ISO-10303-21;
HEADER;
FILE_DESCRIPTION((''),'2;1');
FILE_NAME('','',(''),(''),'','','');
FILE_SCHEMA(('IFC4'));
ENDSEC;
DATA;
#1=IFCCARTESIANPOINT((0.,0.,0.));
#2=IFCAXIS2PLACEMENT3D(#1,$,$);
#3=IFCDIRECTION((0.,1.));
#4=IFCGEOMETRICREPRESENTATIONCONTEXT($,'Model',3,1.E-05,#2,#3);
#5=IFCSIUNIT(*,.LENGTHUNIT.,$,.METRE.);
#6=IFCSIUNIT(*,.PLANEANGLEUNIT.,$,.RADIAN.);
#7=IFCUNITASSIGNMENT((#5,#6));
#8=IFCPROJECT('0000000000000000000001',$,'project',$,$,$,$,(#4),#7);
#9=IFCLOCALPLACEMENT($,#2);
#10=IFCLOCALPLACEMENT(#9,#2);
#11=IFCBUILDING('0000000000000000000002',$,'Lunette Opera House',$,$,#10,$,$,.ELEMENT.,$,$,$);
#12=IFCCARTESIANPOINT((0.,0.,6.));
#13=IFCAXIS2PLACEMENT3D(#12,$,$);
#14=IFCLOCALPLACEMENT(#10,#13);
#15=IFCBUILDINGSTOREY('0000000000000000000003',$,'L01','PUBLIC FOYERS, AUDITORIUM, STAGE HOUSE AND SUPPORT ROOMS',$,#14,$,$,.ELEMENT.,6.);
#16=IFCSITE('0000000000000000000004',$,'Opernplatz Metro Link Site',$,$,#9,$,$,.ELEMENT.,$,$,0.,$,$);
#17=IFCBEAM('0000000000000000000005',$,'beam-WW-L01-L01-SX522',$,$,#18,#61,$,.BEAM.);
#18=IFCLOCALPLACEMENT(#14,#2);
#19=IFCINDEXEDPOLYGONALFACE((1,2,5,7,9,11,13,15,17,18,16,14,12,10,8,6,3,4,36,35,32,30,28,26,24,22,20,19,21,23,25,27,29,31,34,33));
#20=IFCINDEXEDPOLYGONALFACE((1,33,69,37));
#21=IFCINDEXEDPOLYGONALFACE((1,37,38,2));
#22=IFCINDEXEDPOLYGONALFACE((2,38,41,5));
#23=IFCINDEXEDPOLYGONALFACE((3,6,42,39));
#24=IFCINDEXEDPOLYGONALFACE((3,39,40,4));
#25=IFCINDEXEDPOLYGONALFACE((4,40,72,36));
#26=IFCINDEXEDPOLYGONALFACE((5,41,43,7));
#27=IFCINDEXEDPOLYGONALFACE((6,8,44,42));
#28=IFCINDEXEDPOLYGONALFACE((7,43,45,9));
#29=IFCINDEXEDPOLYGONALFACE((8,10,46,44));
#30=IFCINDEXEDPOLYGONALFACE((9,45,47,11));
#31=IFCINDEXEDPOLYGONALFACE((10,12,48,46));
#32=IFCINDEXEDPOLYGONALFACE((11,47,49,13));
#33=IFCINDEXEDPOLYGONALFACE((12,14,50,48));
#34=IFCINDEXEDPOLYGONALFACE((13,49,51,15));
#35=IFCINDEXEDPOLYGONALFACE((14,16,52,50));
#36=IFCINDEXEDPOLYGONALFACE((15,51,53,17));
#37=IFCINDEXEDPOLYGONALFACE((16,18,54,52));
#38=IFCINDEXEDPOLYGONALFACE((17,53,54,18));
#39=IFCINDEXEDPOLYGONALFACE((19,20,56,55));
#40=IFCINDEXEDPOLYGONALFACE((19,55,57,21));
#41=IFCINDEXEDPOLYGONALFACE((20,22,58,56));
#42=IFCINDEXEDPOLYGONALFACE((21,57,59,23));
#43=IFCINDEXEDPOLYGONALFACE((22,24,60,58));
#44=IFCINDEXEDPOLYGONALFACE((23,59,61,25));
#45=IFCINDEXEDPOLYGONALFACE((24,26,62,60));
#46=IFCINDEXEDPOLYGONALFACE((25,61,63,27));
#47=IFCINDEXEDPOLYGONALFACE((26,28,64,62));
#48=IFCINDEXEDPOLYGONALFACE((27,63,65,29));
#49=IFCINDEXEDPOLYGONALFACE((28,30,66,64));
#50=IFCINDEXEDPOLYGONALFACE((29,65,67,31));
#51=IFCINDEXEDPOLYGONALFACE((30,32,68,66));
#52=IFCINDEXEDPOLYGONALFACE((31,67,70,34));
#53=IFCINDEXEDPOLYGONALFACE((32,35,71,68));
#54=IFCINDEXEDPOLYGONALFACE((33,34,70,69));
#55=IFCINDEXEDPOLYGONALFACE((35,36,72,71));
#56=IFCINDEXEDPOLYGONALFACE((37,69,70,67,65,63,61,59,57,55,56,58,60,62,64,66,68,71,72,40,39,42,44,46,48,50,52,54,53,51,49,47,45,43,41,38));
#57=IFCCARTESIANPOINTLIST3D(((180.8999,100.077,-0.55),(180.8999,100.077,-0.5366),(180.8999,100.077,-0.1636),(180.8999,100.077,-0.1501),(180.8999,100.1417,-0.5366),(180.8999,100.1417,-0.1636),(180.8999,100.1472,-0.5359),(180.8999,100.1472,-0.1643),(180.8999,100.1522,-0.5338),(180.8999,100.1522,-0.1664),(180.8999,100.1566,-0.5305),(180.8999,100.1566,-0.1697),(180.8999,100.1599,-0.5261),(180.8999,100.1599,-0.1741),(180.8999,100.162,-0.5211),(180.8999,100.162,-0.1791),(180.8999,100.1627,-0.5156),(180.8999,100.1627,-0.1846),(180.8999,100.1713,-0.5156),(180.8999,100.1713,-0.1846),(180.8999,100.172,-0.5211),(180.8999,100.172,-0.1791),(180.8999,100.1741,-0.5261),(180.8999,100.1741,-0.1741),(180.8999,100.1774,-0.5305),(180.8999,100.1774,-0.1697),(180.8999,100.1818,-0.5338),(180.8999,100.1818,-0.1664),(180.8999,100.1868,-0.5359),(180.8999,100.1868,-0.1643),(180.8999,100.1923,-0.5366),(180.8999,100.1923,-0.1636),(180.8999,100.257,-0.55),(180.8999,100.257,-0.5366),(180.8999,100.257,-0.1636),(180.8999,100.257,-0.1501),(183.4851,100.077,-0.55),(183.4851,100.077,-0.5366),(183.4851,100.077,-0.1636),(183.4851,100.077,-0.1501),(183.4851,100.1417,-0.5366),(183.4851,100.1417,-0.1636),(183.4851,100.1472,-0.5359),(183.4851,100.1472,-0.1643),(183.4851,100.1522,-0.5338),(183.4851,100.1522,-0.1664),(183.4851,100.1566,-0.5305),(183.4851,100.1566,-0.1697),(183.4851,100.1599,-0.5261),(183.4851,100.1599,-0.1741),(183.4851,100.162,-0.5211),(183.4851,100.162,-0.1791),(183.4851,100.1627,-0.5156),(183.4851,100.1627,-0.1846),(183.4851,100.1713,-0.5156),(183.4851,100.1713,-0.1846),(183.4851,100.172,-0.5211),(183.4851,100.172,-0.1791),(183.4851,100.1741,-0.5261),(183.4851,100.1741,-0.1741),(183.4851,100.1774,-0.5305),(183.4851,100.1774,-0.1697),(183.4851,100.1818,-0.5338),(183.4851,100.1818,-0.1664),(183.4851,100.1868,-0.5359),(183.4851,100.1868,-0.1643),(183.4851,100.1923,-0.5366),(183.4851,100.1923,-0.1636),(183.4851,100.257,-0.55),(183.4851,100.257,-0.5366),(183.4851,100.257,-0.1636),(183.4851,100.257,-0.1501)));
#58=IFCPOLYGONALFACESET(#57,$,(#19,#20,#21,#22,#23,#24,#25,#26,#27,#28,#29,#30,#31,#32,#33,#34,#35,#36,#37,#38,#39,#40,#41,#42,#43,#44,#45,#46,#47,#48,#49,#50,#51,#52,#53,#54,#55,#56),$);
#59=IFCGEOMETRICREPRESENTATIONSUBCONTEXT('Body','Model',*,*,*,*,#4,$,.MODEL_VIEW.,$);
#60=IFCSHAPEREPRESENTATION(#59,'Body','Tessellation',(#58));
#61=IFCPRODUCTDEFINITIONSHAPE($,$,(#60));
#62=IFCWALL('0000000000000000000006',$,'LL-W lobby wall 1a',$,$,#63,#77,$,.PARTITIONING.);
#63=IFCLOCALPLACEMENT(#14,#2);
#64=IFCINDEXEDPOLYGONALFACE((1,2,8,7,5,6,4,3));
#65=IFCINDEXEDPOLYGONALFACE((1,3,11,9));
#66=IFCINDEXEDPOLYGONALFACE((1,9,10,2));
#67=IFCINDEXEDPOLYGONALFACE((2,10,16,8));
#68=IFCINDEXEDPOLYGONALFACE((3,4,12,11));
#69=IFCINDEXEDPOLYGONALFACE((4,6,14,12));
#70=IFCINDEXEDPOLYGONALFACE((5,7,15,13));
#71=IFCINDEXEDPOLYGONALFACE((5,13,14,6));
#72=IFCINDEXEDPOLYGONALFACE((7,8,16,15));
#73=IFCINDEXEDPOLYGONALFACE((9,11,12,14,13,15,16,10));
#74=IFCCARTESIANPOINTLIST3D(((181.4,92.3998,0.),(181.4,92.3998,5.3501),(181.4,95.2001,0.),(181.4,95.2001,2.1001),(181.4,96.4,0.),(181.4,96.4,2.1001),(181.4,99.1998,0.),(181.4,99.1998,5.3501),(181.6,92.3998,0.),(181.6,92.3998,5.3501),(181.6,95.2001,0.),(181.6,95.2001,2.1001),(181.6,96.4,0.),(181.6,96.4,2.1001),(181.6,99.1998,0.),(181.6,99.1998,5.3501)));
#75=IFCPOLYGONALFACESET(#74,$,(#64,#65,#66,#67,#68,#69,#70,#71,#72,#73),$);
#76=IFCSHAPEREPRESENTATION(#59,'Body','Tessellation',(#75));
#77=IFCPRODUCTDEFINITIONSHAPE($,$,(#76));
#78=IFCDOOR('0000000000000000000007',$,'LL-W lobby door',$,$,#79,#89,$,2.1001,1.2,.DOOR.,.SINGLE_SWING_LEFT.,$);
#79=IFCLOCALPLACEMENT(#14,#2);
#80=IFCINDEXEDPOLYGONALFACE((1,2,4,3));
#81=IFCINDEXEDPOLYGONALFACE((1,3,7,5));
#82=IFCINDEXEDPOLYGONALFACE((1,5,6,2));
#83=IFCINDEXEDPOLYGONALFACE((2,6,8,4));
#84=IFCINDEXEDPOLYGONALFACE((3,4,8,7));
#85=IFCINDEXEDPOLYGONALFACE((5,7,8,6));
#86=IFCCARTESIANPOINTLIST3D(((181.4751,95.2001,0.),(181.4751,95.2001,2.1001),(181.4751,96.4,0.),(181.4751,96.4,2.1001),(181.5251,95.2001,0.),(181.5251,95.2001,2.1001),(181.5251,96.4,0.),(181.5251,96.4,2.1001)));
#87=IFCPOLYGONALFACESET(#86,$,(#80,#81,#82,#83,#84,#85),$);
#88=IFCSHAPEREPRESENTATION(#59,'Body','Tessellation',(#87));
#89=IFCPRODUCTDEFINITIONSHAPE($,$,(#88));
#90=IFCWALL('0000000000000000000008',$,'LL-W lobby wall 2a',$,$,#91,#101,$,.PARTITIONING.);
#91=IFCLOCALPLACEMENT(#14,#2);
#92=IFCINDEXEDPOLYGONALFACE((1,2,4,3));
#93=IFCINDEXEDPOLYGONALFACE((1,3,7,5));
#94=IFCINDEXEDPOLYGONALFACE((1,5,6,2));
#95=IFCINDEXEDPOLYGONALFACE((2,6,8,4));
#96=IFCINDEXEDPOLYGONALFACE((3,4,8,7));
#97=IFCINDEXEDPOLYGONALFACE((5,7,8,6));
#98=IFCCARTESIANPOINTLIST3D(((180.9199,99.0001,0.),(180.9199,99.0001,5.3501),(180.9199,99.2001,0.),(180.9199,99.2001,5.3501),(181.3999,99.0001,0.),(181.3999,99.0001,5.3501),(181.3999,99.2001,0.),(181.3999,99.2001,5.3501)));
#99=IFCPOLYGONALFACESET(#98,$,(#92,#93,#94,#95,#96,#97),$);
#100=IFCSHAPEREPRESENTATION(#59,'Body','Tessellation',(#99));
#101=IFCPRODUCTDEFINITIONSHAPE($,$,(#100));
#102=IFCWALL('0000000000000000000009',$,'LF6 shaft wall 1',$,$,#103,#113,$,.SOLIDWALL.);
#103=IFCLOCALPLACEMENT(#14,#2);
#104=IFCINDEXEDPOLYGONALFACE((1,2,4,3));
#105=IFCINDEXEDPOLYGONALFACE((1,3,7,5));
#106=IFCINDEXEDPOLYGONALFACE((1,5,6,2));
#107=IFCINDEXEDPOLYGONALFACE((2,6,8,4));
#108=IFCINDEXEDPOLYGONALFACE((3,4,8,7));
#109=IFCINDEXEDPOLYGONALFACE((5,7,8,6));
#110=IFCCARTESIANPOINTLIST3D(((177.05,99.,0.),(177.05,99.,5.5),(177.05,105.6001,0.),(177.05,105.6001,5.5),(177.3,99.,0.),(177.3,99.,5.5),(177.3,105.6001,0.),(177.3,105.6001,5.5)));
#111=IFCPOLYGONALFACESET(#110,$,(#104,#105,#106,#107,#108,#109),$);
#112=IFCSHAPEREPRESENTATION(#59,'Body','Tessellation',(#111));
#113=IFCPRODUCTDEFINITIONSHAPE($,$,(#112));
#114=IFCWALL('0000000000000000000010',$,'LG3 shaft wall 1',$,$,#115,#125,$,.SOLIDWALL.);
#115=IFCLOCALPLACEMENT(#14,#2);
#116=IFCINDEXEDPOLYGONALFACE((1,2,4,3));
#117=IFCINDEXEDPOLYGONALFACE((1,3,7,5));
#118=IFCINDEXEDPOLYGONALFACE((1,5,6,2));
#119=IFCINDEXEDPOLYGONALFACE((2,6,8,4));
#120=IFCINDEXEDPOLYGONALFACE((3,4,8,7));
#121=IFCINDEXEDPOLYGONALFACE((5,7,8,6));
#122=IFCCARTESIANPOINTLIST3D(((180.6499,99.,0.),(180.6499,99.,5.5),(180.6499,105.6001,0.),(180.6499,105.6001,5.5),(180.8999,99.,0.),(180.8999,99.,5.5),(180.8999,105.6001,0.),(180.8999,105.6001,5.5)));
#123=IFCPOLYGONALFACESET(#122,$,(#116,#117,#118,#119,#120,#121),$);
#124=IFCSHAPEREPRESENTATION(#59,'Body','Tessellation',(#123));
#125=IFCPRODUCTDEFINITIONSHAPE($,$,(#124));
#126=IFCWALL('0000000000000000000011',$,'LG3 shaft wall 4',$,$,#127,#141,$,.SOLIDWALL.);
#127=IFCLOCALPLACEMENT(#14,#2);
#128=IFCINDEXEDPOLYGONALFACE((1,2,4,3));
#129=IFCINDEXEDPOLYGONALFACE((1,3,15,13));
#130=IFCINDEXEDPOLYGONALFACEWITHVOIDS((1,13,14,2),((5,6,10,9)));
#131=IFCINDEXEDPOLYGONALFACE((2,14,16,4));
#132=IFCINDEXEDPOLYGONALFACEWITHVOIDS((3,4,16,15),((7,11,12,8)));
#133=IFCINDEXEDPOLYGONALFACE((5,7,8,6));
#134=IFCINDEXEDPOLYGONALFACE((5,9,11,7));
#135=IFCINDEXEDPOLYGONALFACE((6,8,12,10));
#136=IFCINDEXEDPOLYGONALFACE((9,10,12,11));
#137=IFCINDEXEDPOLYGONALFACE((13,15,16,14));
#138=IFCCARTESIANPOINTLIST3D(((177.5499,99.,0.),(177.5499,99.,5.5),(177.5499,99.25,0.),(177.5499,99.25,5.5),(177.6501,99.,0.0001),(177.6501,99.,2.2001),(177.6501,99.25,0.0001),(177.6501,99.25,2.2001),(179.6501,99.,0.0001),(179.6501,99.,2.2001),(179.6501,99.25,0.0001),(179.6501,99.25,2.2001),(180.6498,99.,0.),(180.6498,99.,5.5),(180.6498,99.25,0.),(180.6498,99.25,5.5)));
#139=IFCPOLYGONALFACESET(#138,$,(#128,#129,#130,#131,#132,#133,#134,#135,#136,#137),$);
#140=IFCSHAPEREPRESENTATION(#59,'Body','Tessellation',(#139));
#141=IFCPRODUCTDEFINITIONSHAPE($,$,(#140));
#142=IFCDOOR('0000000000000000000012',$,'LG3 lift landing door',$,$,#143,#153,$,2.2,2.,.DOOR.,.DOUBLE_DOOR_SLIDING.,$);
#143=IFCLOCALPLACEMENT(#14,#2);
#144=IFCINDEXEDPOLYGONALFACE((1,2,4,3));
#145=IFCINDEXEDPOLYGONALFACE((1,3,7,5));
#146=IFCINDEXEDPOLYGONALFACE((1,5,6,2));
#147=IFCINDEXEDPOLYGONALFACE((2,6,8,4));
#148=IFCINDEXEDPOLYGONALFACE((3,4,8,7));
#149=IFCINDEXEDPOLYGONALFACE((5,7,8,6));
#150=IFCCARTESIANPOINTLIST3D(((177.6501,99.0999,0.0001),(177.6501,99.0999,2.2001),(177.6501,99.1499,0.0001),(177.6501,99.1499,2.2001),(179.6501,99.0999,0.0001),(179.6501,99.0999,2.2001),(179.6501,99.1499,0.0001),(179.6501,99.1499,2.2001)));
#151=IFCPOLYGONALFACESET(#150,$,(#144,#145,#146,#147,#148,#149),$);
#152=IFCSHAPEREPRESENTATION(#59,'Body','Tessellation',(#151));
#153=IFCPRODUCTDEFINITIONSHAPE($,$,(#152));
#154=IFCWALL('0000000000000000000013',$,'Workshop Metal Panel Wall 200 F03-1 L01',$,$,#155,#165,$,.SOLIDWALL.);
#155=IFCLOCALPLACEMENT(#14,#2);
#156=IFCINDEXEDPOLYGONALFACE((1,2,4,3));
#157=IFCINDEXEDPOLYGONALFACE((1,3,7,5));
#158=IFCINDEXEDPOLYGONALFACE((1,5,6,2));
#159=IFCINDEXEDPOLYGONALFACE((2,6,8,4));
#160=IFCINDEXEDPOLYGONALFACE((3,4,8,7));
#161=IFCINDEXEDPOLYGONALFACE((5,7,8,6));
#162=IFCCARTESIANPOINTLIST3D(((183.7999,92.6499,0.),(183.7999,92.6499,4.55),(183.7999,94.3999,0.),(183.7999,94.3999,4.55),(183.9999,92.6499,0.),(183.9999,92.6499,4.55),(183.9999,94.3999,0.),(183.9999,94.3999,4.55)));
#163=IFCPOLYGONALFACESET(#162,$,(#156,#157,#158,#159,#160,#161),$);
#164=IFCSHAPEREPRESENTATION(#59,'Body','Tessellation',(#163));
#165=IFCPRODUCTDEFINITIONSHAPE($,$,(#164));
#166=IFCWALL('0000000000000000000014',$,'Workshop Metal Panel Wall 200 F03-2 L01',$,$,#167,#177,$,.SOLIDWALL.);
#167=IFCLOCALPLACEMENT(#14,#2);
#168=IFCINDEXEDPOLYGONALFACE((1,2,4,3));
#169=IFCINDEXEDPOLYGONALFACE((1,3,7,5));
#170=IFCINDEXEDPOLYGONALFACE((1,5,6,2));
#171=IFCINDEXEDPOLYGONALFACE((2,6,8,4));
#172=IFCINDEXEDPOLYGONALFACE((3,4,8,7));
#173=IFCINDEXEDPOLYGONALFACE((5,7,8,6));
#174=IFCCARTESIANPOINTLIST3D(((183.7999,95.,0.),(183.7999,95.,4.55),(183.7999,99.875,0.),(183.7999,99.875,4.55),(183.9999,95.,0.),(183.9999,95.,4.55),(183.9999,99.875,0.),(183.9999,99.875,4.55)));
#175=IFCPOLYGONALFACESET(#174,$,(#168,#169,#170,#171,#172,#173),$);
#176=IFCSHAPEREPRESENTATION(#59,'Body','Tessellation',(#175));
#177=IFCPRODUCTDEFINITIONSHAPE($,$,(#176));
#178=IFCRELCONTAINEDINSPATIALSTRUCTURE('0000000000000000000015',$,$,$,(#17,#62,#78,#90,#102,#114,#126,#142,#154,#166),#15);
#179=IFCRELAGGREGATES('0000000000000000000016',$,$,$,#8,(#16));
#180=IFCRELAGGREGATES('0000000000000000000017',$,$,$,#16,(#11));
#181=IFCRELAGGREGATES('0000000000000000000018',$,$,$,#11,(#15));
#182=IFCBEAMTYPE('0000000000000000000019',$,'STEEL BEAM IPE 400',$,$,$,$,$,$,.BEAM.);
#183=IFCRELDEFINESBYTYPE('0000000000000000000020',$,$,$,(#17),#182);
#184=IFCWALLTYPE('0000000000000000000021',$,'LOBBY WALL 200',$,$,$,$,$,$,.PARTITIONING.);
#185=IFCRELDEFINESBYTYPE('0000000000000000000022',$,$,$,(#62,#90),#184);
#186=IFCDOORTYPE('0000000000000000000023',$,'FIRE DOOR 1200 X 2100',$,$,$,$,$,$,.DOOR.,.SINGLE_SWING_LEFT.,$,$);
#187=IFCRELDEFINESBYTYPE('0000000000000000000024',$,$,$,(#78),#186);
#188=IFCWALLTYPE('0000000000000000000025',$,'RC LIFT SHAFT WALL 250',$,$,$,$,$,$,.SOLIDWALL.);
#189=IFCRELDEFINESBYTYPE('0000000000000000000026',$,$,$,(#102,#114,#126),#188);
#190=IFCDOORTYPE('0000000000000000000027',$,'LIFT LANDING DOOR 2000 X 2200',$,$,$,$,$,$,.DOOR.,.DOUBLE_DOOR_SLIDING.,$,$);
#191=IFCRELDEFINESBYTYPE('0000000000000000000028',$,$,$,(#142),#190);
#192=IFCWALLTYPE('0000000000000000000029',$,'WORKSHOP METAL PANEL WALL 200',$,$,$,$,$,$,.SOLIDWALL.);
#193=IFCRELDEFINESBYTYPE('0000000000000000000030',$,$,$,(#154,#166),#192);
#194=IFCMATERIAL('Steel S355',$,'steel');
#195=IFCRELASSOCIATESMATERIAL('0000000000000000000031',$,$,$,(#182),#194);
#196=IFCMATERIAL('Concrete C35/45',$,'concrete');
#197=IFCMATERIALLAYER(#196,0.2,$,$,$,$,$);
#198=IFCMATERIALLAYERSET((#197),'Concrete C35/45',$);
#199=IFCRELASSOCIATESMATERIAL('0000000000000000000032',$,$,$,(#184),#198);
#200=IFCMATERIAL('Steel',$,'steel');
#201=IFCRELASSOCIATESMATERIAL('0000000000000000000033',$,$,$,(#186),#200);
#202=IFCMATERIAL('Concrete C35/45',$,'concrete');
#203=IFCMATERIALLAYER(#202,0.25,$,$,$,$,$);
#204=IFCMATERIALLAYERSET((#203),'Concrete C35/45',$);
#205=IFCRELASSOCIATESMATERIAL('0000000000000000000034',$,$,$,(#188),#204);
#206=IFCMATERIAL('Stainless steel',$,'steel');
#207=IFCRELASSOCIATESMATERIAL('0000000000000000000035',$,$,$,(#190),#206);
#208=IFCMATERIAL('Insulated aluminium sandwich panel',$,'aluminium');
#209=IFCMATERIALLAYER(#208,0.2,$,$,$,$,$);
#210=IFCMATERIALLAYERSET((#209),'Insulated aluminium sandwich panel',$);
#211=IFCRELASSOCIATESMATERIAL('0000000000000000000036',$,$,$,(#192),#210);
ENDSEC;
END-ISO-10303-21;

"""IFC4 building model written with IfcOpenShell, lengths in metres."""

from ifc_helpers import new_model, si_unit, direction, frame, frame_2d, origin, origin_2d, place, context, subcontext, project, spatial, rectangle, i_section, extrude, material, layer, layer_set, material_profile, profile_set, type_object, element, fill, save


model = new_model("IFC4")

# Units and contexts
model_context = context("Model", 3, precision=1e-05, world=origin(), true_north=direction((0.0, 1.0)))
body_context = subcontext(model_context, "Body", "Model", "MODEL_VIEW")
ifc_project = project(units=[si_unit("LENGTHUNIT", "METRE"), si_unit("PLANEANGLEUNIT", "RADIAN")], contexts=[model_context])

# Site, building, storey
site_placement = place(None, origin())
site = spatial("IfcSite", under=ifc_project, at=site_placement, Name="Opernplatz Metro Link Site", CompositionType="ELEMENT", RefElevation=0.0)
building_placement = place(site_placement, origin())
building = spatial("IfcBuilding", under=site, at=building_placement, Name="Lunette Opera House", CompositionType="ELEMENT")
storey_placement = place(building_placement, frame((0.0, 0.0, 6.0)))
storey = spatial("IfcBuildingStorey", under=building, at=storey_placement, Name="L01", Description="PUBLIC FOYERS, AUDITORIUM, STAGE HOUSE AND SUPPORT ROOMS", CompositionType="ELEMENT", Elevation=6.0)

# Beam
ifc_material_1 = material(Name="Steel S355", Category="steel")
ifc_material_profile_1 = material_profile(ifc_material_1, i_section(OverallWidth=0.1799, OverallDepth=0.3999, WebThickness=0.0085, FlangeThickness=0.0134, FilletRadius=0.021, at=origin_2d()), Name="IPE 400")
ifc_profile_set_1 = profile_set([ifc_material_profile_1], Name="Steel S355")
beam_type_1 = type_object("IfcBeamType", Name="STEEL BEAM IPE 400", PredefinedType="BEAM", material=ifc_profile_set_1)
beam_1_placement = place(storey_placement, frame((180.8999, 100.167, -0.3501), z_axis=(1.0, 0.0, 0.0), x_axis=(0.0, 1.0, 0.0)))
element("IfcBeam", 1, at=beam_1_placement, inside=storey, type_object=beam_type_1, Name="beam-WW-L01-L01-SX522", PredefinedType="BEAM", context=body_context, shape_type="SweptSolid", body=[
    extrude(i_section(OverallWidth=0.1799, OverallDepth=0.3999, WebThickness=0.0085, FlangeThickness=0.0134, FilletRadius=0.021, at=origin_2d()), origin(), (0.0, 0.0, 1.0), 2.5852),
])

# Wall, opening, door
ifc_material_2 = material(Name="Concrete C35/45", Category="concrete")
ifc_layer_1 = layer(ifc_material_2, 0.2)
ifc_layer_set_1 = layer_set([ifc_layer_1], Name="Concrete C35/45")
wall_type_1 = type_object("IfcWallType", Name="LOBBY WALL 200", PredefinedType="PARTITIONING", material=ifc_layer_set_1)
wall_1_placement = place(storey_placement, frame((181.5, 92.3999, 0.0), z_axis=(0.0, 0.0, 1.0), x_axis=(0.0, 1.0, 0.0)))
wall_1 = element("IfcWall", 2, at=wall_1_placement, inside=storey, type_object=wall_type_1, Name="LL-W lobby wall 1a", PredefinedType="PARTITIONING", context=body_context, shape_type="SweptSolid", body=[
    extrude(rectangle(XDim=6.8, YDim=0.2, at=frame_2d((3.3999, 0.0))), origin(), (0.0, 0.0, 1.0), 5.3501),
])
opening_1_placement = place(wall_1_placement, frame((2.8, 0.0, 0.0)))
opening_1 = element("IfcOpeningElement", 3, at=opening_1_placement, cuts=wall_1, PredefinedType="OPENING", context=body_context, shape_type="SweptSolid", body=[
    extrude(rectangle(XDim=1.2, YDim=2.1001, at=frame_2d((0.6001, 1.05))), frame((0.0, 0.1121, 0.0), z_axis=(0.0, -1.0, 0.0), x_axis=(1.0, 0.0, 0.0)), (0.0, 0.0, 1.0), 0.2239),
])
ifc_material_3 = material(Name="Steel", Category="steel")
door_type_1 = type_object("IfcDoorType", Name="FIRE DOOR 1200 X 2100", OperationType="SINGLE_SWING_LEFT", PredefinedType="DOOR", material=ifc_material_3)
door_1_placement = place(opening_1_placement, origin())
door_1 = element("IfcDoor", 4, at=door_1_placement, inside=storey, type_object=door_type_1, Name="LL-W lobby door", OperationType="SINGLE_SWING_LEFT", OverallHeight=2.1001, OverallWidth=1.2, PredefinedType="DOOR", context=body_context, shape_type="SweptSolid", body=[
    extrude(rectangle(XDim=1.2, YDim=2.1001, at=frame_2d((0.6001, 1.05))), frame((0.0, 0.0249, 0.0), z_axis=(0.0, -1.0, 0.0), x_axis=(1.0, 0.0, 0.0)), (0.0, 0.0, 1.0), 0.05),
])
fill(opening_1, door_1)

# Walls
wall_2_placement = place(storey_placement, frame((181.3999, 99.1001, 0.0), z_axis=(0.0, 0.0, 1.0), x_axis=(-1.0, 0.0, 0.0)))
element("IfcWall", 5, at=wall_2_placement, inside=storey, type_object=wall_type_1, Name="LL-W lobby wall 2a", PredefinedType="PARTITIONING", context=body_context, shape_type="SweptSolid", body=[
    extrude(rectangle(XDim=0.48, YDim=0.2, at=frame_2d((0.24, 0.0))), origin(), (0.0, 0.0, 1.0), 5.3501),
])
ifc_material_4 = material(Name="Concrete C35/45", Category="concrete")
ifc_layer_2 = layer(ifc_material_4, 0.25)
ifc_layer_set_2 = layer_set([ifc_layer_2], Name="Concrete C35/45")
wall_type_2 = type_object("IfcWallType", Name="RC LIFT SHAFT WALL 250", PredefinedType="SOLIDWALL", material=ifc_layer_set_2)
for number, where, z_axis, x_axis, name in (
    (6, (177.175, 99.0, 0.0), (0.0, 0.0, 1.0), (0.0, 1.0, 0.0), "LF6 shaft wall 1"),
    (7, (180.7749, 99.0, 0.0), (0.0, 0.0, 1.0), (0.0, 1.0, 0.0), "LG3 shaft wall 1"),
):
    element("IfcWall", number, at=place(storey_placement, frame(where, z_axis=z_axis, x_axis=x_axis)), inside=storey, type_object=wall_type_2, Name=name, PredefinedType="SOLIDWALL", context=body_context, shape_type="SweptSolid", body=[
        extrude(rectangle(XDim=6.6001, YDim=0.25, at=frame_2d((3.3, 0.0))), origin(), (0.0, 0.0, 1.0), 5.5),
    ])

# Wall, opening, door
wall_3_placement = place(storey_placement, frame((177.55, 99.125, 0.0), z_axis=(0.0, 0.0, 1.0), x_axis=(1.0, 0.0, 0.0)))
wall_3 = element("IfcWall", 8, at=wall_3_placement, inside=storey, type_object=wall_type_2, Name="LG3 shaft wall 4", PredefinedType="SOLIDWALL", context=body_context, shape_type="SweptSolid", body=[
    extrude(rectangle(XDim=3.0999, YDim=0.25, at=frame_2d((1.5498, 0.0))), origin(), (0.0, 0.0, 1.0), 5.5),
])
opening_2_placement = place(wall_3_placement, frame((0.1001, 0.0, 0.0)))
opening_2 = element("IfcOpeningElement", 9, at=opening_2_placement, cuts=wall_3, PredefinedType="OPENING", context=body_context, shape_type="SweptSolid", body=[
    extrude(rectangle(XDim=2.0, YDim=2.2, at=frame_2d((1.0, 1.1001))), frame((0.0, 0.137, 0.0), z_axis=(0.0, -1.0, 0.0), x_axis=(1.0, 0.0, 0.0)), (0.0, 0.0, 1.0), 0.2739),
])
ifc_material_5 = material(Name="Stainless steel", Category="steel")
door_type_2 = type_object("IfcDoorType", Name="LIFT LANDING DOOR 2000 X 2200", OperationType="DOUBLE_DOOR_SLIDING", PredefinedType="DOOR", material=ifc_material_5)
door_2_placement = place(opening_2_placement, origin())
door_2 = element("IfcDoor", 10, at=door_2_placement, inside=storey, type_object=door_type_2, Name="LG3 lift landing door", OperationType="DOUBLE_DOOR_SLIDING", OverallHeight=2.2, OverallWidth=2.0, PredefinedType="DOOR", context=body_context, shape_type="SweptSolid", body=[
    extrude(rectangle(XDim=2.0, YDim=2.2, at=frame_2d((1.0, 1.1001))), frame((0.0, 0.0249, 0.0), z_axis=(0.0, -1.0, 0.0), x_axis=(1.0, 0.0, 0.0)), (0.0, 0.0, 1.0), 0.05),
])
fill(opening_2, door_2)

# Walls
ifc_material_6 = material(Name="Insulated aluminium sandwich panel", Category="aluminium")
ifc_layer_3 = layer(ifc_material_6, 0.2)
ifc_layer_set_3 = layer_set([ifc_layer_3], Name="Insulated aluminium sandwich panel")
wall_type_3 = type_object("IfcWallType", Name="WORKSHOP METAL PANEL WALL 200", PredefinedType="SOLIDWALL", material=ifc_layer_set_3)
wall_4_placement = place(storey_placement, frame((183.8999, 92.6499, 0.0), z_axis=(0.0, 0.0, 1.0), x_axis=(0.0, 1.0, 0.0)))
element("IfcWall", 11, at=wall_4_placement, inside=storey, type_object=wall_type_3, Name="Workshop Metal Panel Wall 200 F03-1 L01", PredefinedType="SOLIDWALL", context=body_context, shape_type="SweptSolid", body=[
    extrude(rectangle(XDim=1.75, YDim=0.2, at=frame_2d((0.875, 0.0))), origin(), (0.0, 0.0, 1.0), 4.55),
])
wall_5_placement = place(storey_placement, frame((183.8999, 95.0, 0.0), z_axis=(0.0, 0.0, 1.0), x_axis=(0.0, 1.0, 0.0)))
element("IfcWall", 12, at=wall_5_placement, inside=storey, type_object=wall_type_3, Name="Workshop Metal Panel Wall 200 F03-2 L01", PredefinedType="SOLIDWALL", context=body_context, shape_type="SweptSolid", body=[
    extrude(rectangle(XDim=4.875, YDim=0.2, at=frame_2d((2.4375, 0.0))), origin(), (0.0, 0.0, 1.0), 4.55),
])

save(model, "model.ifc")
